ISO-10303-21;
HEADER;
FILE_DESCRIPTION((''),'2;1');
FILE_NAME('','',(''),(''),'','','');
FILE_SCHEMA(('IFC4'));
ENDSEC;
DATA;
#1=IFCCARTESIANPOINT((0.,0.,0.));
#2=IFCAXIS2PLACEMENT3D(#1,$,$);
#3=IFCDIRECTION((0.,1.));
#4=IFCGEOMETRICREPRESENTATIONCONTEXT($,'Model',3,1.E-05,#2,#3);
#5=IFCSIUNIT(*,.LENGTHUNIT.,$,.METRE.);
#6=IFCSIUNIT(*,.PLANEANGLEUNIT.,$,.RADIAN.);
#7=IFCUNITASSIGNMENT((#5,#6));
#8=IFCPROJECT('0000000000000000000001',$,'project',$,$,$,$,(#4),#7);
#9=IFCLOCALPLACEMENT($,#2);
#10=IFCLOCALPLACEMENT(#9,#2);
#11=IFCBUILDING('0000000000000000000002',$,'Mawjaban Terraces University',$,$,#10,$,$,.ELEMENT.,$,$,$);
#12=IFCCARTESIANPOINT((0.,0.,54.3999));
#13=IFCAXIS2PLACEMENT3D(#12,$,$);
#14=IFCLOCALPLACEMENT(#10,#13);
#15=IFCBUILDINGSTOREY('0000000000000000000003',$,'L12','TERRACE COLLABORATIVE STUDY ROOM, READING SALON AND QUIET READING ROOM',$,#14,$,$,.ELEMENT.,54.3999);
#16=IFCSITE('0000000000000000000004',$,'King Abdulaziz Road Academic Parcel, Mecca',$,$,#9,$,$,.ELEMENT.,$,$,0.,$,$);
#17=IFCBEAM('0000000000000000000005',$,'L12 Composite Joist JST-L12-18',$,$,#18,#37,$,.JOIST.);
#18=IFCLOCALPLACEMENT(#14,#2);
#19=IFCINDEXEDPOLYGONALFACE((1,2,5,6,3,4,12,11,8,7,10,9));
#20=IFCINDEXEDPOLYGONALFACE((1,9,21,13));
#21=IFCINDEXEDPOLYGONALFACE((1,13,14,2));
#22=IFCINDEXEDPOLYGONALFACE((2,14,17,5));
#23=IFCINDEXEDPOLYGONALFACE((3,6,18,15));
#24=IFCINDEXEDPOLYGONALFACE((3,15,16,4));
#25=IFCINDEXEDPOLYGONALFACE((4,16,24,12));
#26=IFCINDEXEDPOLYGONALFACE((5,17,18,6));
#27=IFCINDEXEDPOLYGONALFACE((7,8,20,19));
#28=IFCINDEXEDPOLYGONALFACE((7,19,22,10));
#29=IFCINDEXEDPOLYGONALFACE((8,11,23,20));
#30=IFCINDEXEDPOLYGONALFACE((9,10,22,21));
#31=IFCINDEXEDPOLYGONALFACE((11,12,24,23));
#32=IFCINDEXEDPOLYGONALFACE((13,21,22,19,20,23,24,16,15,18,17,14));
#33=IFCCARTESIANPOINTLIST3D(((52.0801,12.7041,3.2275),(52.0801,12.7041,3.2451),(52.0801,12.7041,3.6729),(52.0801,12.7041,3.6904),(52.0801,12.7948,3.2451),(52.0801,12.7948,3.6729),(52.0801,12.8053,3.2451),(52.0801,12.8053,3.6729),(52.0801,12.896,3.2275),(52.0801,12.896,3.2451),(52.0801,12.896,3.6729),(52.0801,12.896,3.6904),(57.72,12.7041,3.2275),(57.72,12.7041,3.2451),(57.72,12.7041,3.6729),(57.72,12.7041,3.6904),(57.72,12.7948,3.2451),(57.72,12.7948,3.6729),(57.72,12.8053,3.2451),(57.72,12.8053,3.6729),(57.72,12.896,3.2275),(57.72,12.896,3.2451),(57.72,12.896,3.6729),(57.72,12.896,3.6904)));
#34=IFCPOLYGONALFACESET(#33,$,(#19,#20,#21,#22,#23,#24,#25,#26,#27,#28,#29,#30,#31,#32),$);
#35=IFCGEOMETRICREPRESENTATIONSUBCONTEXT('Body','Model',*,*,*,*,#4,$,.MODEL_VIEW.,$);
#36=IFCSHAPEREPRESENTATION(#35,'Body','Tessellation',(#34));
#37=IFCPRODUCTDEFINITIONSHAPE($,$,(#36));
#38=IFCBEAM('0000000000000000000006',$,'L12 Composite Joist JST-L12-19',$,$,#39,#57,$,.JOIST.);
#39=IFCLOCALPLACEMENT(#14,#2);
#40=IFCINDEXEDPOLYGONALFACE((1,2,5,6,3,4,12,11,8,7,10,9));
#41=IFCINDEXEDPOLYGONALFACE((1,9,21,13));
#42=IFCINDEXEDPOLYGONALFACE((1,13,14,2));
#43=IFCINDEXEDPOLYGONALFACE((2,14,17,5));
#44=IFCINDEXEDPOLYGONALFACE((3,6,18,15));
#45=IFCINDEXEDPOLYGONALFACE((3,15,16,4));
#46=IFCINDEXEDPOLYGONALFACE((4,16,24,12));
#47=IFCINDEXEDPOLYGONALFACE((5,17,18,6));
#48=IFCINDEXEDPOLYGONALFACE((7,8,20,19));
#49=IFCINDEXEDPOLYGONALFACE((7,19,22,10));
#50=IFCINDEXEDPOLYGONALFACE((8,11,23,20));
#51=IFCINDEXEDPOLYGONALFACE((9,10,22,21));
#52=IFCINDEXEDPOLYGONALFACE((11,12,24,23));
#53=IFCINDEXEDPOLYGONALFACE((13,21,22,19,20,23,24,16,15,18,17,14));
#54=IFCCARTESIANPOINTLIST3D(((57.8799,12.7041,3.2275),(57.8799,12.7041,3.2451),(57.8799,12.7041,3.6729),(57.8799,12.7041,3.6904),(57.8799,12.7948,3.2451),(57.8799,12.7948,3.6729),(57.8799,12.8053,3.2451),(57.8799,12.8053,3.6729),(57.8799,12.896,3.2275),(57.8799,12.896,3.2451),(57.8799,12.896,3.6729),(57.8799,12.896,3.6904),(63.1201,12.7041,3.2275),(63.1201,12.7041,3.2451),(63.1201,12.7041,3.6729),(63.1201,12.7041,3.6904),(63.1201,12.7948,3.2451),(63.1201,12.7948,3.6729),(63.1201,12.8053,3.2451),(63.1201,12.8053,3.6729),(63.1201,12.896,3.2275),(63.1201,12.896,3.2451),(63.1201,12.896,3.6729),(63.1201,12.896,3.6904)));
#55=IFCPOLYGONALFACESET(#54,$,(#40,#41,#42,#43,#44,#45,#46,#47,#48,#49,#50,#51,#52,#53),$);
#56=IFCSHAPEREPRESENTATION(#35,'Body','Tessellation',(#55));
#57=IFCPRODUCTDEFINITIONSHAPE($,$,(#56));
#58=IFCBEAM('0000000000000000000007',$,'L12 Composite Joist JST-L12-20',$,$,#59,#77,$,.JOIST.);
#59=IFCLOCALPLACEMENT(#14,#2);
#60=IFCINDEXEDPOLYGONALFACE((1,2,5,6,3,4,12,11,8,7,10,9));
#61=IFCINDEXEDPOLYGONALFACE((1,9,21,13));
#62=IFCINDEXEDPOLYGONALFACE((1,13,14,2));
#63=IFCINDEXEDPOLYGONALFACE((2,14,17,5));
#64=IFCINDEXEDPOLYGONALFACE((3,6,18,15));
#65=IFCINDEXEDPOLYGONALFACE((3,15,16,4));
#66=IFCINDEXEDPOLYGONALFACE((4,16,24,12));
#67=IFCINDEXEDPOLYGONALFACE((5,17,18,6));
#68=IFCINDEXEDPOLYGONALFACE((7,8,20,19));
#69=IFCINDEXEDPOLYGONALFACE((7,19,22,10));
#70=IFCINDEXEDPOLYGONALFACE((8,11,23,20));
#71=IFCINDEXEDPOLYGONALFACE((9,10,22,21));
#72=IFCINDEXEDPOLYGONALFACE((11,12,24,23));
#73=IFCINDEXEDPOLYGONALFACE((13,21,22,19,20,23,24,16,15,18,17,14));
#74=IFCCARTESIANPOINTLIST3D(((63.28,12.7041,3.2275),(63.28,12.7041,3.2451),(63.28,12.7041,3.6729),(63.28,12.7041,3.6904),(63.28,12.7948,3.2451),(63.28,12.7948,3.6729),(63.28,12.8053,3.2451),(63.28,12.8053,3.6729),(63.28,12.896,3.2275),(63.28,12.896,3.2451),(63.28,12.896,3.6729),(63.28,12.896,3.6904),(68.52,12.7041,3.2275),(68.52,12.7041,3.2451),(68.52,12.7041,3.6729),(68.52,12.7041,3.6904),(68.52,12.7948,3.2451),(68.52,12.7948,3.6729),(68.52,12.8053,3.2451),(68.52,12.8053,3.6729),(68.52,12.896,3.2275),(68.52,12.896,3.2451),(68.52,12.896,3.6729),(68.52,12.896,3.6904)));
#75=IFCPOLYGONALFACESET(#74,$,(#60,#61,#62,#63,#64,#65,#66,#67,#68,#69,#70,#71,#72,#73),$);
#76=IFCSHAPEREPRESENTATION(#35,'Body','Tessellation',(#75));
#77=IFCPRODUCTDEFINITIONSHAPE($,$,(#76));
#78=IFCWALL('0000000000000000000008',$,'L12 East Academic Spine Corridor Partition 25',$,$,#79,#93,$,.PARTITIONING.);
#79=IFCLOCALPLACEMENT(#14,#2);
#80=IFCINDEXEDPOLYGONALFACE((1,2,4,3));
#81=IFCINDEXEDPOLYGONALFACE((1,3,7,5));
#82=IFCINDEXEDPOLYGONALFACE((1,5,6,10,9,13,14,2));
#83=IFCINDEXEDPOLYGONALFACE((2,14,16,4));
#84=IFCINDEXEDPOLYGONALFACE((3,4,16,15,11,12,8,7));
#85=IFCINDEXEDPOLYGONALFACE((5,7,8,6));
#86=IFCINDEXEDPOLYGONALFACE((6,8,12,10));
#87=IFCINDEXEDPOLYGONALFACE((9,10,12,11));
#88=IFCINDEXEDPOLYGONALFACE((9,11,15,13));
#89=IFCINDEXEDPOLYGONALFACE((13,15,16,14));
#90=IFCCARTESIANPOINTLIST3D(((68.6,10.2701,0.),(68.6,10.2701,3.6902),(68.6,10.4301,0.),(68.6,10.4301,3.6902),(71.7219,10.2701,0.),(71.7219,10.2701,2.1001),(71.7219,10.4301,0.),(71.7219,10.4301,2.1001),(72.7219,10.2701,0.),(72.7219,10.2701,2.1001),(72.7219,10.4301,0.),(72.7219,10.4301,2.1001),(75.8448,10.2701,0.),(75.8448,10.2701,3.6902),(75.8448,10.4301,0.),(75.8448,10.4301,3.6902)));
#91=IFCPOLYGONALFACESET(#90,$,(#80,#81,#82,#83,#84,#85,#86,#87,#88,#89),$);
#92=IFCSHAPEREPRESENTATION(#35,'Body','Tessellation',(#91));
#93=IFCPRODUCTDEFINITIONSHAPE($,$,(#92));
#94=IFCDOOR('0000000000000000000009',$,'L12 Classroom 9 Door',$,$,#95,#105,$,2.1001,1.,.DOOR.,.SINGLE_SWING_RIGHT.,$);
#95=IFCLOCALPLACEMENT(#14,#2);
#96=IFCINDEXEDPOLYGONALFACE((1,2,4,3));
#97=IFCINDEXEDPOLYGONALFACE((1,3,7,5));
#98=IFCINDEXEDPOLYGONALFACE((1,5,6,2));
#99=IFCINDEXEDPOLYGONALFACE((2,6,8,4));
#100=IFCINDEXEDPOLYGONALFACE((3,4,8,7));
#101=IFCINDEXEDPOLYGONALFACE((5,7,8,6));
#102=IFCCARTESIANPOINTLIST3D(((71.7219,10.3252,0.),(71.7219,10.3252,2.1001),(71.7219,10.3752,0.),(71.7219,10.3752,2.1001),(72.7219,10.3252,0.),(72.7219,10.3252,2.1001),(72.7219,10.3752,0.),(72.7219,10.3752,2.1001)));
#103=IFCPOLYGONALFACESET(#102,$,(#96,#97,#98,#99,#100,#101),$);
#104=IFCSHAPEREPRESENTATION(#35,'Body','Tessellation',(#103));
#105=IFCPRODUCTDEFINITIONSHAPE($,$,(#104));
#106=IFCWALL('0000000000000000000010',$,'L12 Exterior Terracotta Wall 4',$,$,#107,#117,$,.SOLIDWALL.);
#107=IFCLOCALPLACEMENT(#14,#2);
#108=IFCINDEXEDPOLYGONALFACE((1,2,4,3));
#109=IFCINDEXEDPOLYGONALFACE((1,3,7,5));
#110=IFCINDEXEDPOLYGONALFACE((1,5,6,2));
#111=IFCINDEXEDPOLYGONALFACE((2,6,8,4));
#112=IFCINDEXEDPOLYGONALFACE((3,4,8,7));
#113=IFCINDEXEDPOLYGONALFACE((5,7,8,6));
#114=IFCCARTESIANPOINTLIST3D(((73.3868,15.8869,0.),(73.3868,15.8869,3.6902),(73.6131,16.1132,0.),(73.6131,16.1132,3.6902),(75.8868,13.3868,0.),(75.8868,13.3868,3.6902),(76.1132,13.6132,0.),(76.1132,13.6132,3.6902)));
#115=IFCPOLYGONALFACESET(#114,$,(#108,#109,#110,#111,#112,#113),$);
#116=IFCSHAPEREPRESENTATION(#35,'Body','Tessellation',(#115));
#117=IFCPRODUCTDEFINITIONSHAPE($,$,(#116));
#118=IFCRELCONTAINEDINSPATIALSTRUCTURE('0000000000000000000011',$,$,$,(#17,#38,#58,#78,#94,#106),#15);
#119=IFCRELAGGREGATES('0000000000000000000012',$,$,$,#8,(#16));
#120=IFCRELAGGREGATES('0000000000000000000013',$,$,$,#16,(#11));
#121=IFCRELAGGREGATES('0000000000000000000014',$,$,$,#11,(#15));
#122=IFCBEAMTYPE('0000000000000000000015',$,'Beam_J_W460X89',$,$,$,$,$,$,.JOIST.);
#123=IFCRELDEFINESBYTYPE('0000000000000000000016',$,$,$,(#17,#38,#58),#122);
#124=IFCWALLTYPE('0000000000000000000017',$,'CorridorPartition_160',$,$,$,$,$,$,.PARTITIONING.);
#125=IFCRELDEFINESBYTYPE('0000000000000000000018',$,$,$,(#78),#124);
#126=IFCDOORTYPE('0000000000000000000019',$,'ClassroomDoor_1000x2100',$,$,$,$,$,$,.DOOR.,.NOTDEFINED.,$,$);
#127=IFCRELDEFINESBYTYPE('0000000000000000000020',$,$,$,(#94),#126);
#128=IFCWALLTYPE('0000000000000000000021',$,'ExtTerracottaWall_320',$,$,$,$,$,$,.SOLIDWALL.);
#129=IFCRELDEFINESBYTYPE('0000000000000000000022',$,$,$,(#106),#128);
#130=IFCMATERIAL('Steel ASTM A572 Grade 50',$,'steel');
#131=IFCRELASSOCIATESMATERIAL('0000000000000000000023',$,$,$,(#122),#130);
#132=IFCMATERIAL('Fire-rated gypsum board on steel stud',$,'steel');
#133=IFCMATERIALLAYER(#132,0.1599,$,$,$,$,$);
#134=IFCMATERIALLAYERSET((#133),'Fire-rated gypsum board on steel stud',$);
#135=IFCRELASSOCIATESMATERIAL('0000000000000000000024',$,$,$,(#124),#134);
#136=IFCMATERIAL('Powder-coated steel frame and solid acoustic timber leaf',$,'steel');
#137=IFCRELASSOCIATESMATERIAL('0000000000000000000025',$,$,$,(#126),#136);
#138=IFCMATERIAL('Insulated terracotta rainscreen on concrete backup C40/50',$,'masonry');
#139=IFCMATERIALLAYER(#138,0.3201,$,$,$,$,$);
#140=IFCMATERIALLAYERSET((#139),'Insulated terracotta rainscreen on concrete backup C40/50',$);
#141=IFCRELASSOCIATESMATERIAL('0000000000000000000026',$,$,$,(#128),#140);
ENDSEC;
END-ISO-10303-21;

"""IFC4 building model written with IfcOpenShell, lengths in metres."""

from ifc_helpers import new_model, si_unit, direction, frame, frame_2d, origin, origin_2d, place, context, subcontext, project, spatial, rectangle, i_section, extrude, material, layer, layer_set, material_profile, profile_set, type_object, element, fill, save


model = new_model("IFC4")

# Units and contexts
model_context = context("Model", 3, precision=1e-05, world=origin(), true_north=direction((0.0, 1.0)))
body_context = subcontext(model_context, "Body", "Model", "MODEL_VIEW")
ifc_project = project(units=[si_unit("LENGTHUNIT", "METRE"), si_unit("PLANEANGLEUNIT", "RADIAN")], contexts=[model_context])

# Site, building, storey
site_placement = place(None, origin())
site = spatial("IfcSite", under=ifc_project, at=site_placement, Name="King Abdulaziz Road Academic Parcel, Mecca", CompositionType="ELEMENT", RefElevation=0.0)
building_placement = place(site_placement, origin())
building = spatial("IfcBuilding", under=site, at=building_placement, Name="Mawjaban Terraces University", CompositionType="ELEMENT")
storey_placement = place(building_placement, frame((0.0, 0.0, 54.3999)))
storey = spatial("IfcBuildingStorey", under=building, at=storey_placement, Name="L12", Description="TERRACE COLLABORATIVE STUDY ROOM, READING SALON AND QUIET READING ROOM", CompositionType="ELEMENT", Elevation=54.3999)

# Beams
ifc_material_1 = material(Name="Steel ASTM A572 Grade 50", Category="steel")
ifc_material_profile_1 = material_profile(ifc_material_1, i_section(OverallWidth=0.1919, OverallDepth=0.4629, WebThickness=0.0105, FlangeThickness=0.0176, at=origin_2d()), Name="W460X89")
ifc_profile_set_1 = profile_set([ifc_material_profile_1], Name="Steel ASTM A572 Grade 50")
beam_type_1 = type_object("IfcBeamType", Name="Beam_J_W460X89", PredefinedType="JOIST", material=ifc_profile_set_1)
beam_1_placement = place(storey_placement, frame((52.0801, 12.8, 3.459), z_axis=(1.0, 0.0, 0.0), x_axis=(0.0, 1.0, 0.0)))
element("IfcBeam", 1, at=beam_1_placement, inside=storey, type_object=beam_type_1, Name="L12 Composite Joist JST-L12-18", PredefinedType="JOIST", context=body_context, shape_type="SweptSolid", body=[
    extrude(i_section(OverallWidth=0.1919, OverallDepth=0.4629, WebThickness=0.0105, FlangeThickness=0.0176, at=origin_2d()), origin(), (0.0, 0.0, 1.0), 5.6399),
])
beam_2_placement = place(storey_placement, frame((57.8799, 12.8, 3.459), z_axis=(1.0, 0.0, 0.0), x_axis=(0.0, 1.0, 0.0)))
element("IfcBeam", 2, at=beam_2_placement, inside=storey, type_object=beam_type_1, Name="L12 Composite Joist JST-L12-19", PredefinedType="JOIST", context=body_context, shape_type="SweptSolid", body=[
    extrude(i_section(OverallWidth=0.1919, OverallDepth=0.4629, WebThickness=0.0105, FlangeThickness=0.0176, at=origin_2d()), origin(), (0.0, 0.0, 1.0), 5.2402),
])
beam_3_placement = place(storey_placement, frame((63.28, 12.8, 3.459), z_axis=(1.0, 0.0, 0.0), x_axis=(0.0, 1.0, 0.0)))
element("IfcBeam", 3, at=beam_3_placement, inside=storey, type_object=beam_type_1, Name="L12 Composite Joist JST-L12-20", PredefinedType="JOIST", context=body_context, shape_type="SweptSolid", body=[
    extrude(i_section(OverallWidth=0.1919, OverallDepth=0.4629, WebThickness=0.0105, FlangeThickness=0.0176, at=origin_2d()), origin(), (0.0, 0.0, 1.0), 5.24),
])

# Wall, opening, door
ifc_material_2 = material(Name="Fire-rated gypsum board on steel stud", Category="steel")
ifc_layer_1 = layer(ifc_material_2, 0.1599)
ifc_layer_set_1 = layer_set([ifc_layer_1], Name="Fire-rated gypsum board on steel stud")
wall_type_1 = type_object("IfcWallType", Name="CorridorPartition_160", PredefinedType="PARTITIONING", material=ifc_layer_set_1)
wall_1_placement = place(storey_placement, frame((75.845, 10.3501, 0.0), z_axis=(0.0, 0.0, 1.0), x_axis=(-1.0, 0.0, 0.0)))
wall_1 = element("IfcWall", 4, at=wall_1_placement, inside=storey, type_object=wall_type_1, Name="L12 East Academic Spine Corridor Partition 25", PredefinedType="PARTITIONING", context=body_context, shape_type="SweptSolid", body=[
    extrude(rectangle(XDim=7.2449, YDim=0.1599, at=frame_2d((3.6226, 0.0))), origin(), (0.0, 0.0, 1.0), 3.6902),
])
opening_1_placement = place(wall_1_placement, frame((3.123, 0.0, 0.0)))
opening_1 = element("IfcOpeningElement", 5, at=opening_1_placement, cuts=wall_1, PredefinedType="OPENING", context=body_context, shape_type="SweptSolid", body=[
    extrude(rectangle(XDim=1.0, YDim=2.1001, at=frame_2d((0.5, 1.05))), frame((0.0, 0.0898, 0.0), z_axis=(0.0, -1.0, 0.0), x_axis=(1.0, 0.0, 0.0)), (0.0, 0.0, 1.0), 0.1799),
])
ifc_material_3 = material(Name="Powder-coated steel frame and solid acoustic timber leaf", Category="steel")
door_type_1 = type_object("IfcDoorType", Name="ClassroomDoor_1000x2100", OperationType="NOTDEFINED", PredefinedType="DOOR", material=ifc_material_3)
door_1_placement = place(opening_1_placement, origin())
door_1 = element("IfcDoor", 6, at=door_1_placement, inside=storey, type_object=door_type_1, Name="L12 Classroom 9 Door", OperationType="SINGLE_SWING_RIGHT", OverallHeight=2.1001, OverallWidth=1.0, PredefinedType="DOOR", context=body_context, shape_type="SweptSolid", body=[
    extrude(rectangle(XDim=1.0, YDim=2.1001, at=frame_2d((0.5, 1.05))), frame((0.0, 0.0249, 0.0), z_axis=(0.0, -1.0, 0.0), x_axis=(1.0, 0.0, 0.0)), (0.0, 0.0, 1.0), 0.05),
])
fill(opening_1, door_1)

# Wall
ifc_material_4 = material(Name="Insulated terracotta rainscreen on concrete backup C40/50", Category="masonry")
ifc_layer_2 = layer(ifc_material_4, 0.3201)
ifc_layer_set_2 = layer_set([ifc_layer_2], Name="Insulated terracotta rainscreen on concrete backup C40/50")
wall_type_2 = type_object("IfcWallType", Name="ExtTerracottaWall_320", PredefinedType="SOLIDWALL", material=ifc_layer_set_2)
wall_2_placement = place(storey_placement, frame((76.0, 13.5, 0.0), z_axis=(0.0, 0.0, 1.0), x_axis=(-0.707107, 0.707107, 0.0)))
element("IfcWall", 7, at=wall_2_placement, inside=storey, type_object=wall_type_2, Name="L12 Exterior Terracotta Wall 4", PredefinedType="SOLIDWALL", context=body_context, shape_type="SweptSolid", body=[
    extrude(rectangle(XDim=3.5356, YDim=0.3201, at=frame_2d((1.7678, 0.0))), origin(), (0.0, 0.0, 1.0), 3.6902),
])

save(model, "model.ifc")
